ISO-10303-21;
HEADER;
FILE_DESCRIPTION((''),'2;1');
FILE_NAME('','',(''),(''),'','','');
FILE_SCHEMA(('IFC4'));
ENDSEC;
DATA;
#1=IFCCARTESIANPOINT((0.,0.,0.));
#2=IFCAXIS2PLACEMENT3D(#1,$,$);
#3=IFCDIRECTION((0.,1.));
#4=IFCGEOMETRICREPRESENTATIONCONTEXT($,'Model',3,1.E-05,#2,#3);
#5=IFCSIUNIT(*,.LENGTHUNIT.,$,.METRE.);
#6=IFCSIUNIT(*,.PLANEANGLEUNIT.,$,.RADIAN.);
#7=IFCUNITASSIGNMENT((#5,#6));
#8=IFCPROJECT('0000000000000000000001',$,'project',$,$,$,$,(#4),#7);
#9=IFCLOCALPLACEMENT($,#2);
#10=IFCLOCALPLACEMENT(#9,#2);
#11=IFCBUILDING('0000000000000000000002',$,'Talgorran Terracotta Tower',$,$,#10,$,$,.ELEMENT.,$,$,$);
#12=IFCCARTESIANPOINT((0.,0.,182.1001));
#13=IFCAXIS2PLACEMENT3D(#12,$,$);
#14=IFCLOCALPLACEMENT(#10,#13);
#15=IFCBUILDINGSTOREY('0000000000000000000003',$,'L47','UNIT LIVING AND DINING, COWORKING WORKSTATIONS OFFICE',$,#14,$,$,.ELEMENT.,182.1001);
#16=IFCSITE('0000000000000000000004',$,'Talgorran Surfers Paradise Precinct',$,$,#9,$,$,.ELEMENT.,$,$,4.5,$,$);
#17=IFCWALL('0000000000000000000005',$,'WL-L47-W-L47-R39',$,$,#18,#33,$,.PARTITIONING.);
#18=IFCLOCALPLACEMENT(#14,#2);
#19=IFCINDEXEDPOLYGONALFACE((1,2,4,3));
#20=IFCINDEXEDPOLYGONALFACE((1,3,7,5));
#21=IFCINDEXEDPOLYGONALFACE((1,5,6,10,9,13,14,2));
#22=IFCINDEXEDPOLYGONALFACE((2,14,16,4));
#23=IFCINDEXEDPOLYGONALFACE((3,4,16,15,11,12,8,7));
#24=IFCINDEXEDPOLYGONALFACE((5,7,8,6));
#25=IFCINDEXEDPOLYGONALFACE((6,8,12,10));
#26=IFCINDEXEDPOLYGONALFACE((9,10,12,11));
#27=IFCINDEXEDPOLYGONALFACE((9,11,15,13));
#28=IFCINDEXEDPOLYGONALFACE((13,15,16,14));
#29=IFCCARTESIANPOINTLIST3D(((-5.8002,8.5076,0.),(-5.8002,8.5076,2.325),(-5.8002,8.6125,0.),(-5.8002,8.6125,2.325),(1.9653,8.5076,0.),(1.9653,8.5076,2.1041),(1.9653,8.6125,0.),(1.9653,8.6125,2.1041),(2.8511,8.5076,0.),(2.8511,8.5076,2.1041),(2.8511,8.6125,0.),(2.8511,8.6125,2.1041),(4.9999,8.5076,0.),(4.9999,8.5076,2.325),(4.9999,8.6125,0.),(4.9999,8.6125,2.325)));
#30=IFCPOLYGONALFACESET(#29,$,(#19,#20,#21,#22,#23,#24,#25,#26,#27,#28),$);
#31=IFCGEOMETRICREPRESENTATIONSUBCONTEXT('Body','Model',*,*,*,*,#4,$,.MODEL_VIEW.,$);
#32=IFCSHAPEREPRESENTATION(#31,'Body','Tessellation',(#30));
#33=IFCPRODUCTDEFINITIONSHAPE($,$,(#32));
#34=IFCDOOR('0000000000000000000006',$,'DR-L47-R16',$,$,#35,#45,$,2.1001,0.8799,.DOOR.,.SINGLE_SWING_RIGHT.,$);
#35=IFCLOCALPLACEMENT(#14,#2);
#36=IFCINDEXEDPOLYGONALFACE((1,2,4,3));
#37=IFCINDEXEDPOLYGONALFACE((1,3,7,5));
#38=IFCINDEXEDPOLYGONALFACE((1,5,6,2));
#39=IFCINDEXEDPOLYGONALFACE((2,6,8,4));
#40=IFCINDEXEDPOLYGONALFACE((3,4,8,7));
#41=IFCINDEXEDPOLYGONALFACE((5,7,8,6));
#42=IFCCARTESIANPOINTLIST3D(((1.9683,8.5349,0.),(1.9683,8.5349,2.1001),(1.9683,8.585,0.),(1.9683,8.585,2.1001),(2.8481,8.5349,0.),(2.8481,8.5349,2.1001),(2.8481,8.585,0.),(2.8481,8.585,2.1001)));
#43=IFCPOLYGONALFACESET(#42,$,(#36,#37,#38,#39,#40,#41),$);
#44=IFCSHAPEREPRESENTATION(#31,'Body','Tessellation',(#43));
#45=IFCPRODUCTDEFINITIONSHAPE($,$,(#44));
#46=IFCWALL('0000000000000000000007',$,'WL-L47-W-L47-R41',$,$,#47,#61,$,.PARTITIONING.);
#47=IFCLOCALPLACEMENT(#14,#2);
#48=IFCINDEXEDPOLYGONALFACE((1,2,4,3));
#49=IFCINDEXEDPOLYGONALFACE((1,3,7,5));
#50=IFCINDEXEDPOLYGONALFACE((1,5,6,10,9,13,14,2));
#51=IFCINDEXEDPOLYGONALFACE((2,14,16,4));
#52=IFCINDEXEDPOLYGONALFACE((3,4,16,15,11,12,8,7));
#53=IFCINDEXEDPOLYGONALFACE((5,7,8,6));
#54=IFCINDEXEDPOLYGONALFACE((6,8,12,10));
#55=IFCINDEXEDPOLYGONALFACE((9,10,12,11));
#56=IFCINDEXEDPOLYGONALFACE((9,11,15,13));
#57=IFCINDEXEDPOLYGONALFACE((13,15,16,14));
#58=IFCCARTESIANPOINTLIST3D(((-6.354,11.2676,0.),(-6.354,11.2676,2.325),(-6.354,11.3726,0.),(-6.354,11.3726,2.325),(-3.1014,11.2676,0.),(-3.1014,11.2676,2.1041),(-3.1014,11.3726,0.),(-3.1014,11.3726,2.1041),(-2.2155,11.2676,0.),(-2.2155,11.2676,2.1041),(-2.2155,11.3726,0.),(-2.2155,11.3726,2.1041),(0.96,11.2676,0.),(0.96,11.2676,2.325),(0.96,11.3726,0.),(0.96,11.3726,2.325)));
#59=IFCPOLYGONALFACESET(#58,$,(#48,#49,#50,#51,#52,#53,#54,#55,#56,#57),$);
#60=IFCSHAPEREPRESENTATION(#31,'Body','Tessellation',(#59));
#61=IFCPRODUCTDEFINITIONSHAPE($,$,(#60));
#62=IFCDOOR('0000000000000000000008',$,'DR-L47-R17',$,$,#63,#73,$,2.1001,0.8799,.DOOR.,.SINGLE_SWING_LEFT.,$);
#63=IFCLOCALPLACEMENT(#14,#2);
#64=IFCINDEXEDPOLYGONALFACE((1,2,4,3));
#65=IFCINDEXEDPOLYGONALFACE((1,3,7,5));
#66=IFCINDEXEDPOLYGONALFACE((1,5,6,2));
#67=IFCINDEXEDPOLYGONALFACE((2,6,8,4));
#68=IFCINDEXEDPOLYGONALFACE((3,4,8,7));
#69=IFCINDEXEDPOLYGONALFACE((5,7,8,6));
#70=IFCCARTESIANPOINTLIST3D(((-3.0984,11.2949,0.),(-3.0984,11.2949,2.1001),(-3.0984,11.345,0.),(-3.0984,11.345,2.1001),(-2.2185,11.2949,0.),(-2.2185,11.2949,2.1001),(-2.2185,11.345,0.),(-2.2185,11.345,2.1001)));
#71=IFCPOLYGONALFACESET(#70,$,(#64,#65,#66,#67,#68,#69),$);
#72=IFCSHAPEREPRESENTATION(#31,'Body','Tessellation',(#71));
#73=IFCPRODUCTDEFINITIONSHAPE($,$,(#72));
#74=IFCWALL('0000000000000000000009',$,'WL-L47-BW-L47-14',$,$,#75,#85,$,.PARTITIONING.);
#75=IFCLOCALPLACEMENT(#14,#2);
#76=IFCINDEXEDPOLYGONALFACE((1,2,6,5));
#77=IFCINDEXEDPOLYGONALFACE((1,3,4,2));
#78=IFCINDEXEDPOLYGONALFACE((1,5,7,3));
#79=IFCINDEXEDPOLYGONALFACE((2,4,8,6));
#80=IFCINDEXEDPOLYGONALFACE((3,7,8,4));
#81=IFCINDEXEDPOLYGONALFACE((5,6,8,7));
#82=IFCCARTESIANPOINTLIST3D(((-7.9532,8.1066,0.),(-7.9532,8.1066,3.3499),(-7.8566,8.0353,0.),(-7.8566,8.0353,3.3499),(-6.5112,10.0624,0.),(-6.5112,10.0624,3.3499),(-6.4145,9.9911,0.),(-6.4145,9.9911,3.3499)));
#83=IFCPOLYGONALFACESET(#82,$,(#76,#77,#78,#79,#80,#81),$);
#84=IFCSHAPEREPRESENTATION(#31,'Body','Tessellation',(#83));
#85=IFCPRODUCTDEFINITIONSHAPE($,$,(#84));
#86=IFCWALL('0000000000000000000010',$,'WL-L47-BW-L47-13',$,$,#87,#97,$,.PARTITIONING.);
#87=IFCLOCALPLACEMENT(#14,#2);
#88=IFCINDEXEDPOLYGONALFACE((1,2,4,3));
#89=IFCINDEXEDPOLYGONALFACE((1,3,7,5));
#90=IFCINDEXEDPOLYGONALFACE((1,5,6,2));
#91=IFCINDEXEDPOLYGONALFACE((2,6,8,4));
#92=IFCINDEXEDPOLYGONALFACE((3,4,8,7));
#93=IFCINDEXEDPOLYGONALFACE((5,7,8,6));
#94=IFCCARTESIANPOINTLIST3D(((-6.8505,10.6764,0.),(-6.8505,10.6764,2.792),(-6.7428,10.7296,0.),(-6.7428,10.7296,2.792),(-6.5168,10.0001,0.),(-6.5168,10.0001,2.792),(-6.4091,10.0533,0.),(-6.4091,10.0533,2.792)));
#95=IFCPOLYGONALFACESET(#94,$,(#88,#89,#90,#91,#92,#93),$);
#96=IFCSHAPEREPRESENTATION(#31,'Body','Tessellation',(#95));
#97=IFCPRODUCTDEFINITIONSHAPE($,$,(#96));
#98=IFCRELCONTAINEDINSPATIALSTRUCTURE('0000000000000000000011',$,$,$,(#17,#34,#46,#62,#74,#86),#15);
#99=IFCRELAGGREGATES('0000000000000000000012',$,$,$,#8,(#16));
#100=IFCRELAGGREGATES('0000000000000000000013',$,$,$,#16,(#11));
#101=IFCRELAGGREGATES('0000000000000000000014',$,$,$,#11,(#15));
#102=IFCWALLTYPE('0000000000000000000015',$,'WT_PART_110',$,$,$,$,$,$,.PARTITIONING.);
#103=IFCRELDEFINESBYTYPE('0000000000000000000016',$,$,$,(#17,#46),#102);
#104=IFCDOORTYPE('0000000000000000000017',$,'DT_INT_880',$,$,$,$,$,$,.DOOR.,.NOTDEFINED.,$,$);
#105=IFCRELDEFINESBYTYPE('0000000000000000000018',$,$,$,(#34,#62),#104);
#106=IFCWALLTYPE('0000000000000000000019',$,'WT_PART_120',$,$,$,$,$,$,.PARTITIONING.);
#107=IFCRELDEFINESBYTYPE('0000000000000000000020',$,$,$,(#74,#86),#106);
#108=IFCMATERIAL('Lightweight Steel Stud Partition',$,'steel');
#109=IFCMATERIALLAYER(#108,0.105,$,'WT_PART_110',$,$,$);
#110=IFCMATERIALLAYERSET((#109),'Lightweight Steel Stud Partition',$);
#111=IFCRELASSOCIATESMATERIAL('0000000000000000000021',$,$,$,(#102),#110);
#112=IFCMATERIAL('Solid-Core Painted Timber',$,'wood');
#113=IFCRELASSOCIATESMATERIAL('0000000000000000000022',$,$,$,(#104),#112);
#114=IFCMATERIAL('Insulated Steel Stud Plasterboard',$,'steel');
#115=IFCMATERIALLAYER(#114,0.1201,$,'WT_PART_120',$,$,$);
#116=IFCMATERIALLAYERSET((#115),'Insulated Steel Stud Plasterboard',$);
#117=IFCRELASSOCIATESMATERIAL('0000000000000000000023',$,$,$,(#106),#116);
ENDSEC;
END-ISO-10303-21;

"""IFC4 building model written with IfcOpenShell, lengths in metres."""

from ifc_helpers import new_model, si_unit, direction, frame, frame_2d, origin, place, context, subcontext, project, spatial, rectangle, extrude, material, layer, layer_set, type_object, element, fill, save


model = new_model("IFC4")

# Units and contexts
model_context = context("Model", 3, precision=1e-05, world=origin(), true_north=direction((0.0, 1.0)))
body_context = subcontext(model_context, "Body", "Model", "MODEL_VIEW")
ifc_project = project(units=[si_unit("LENGTHUNIT", "METRE"), si_unit("PLANEANGLEUNIT", "RADIAN")], contexts=[model_context])

# Site, building, storey
site_placement = place(None, origin())
site = spatial("IfcSite", under=ifc_project, at=site_placement, Name="Talgorran Surfers Paradise Precinct", CompositionType="ELEMENT", RefElevation=4.5)
building_placement = place(site_placement, origin())
building = spatial("IfcBuilding", under=site, at=building_placement, Name="Talgorran Terracotta Tower", CompositionType="ELEMENT")
storey_placement = place(building_placement, frame((0.0, 0.0, 182.1001)))
storey = spatial("IfcBuildingStorey", under=building, at=storey_placement, Name="L47", Description="UNIT LIVING AND DINING, COWORKING WORKSTATIONS OFFICE", CompositionType="ELEMENT", Elevation=182.1001)

# Walls, openings, doors
ifc_material_1 = material(Name="Lightweight Steel Stud Partition", Category="steel")
ifc_layer_1 = layer(ifc_material_1, 0.105, Name="WT_PART_110")
ifc_layer_set_1 = layer_set([ifc_layer_1], Name="Lightweight Steel Stud Partition")
wall_type_1 = type_object("IfcWallType", Name="WT_PART_110", PredefinedType="PARTITIONING", material=ifc_layer_set_1)
wall_1_placement = place(storey_placement, frame((-5.8, 8.5601, 0.0), z_axis=(0.0, 0.0, 1.0), x_axis=(1.0, 0.0, 0.0)))
wall_1 = element("IfcWall", 1, at=wall_1_placement, inside=storey, type_object=wall_type_1, Name="WL-L47-W-L47-R39", PredefinedType="PARTITIONING", context=body_context, shape_type="SweptSolid", body=[
    extrude(rectangle(XDim=10.8, YDim=0.105, at=frame_2d((5.3999, 0.0))), origin(), (0.0, 0.0, 1.0), 2.325),
])
opening_1_placement = place(wall_1_placement, frame((7.7683, 0.0, 0.0)))
opening_1 = element("IfcOpeningElement", 2, at=opening_1_placement, cuts=wall_1, PredefinedType="OPENING", context=body_context, shape_type="SweptSolid", body=[
    extrude(rectangle(XDim=0.8859, YDim=2.1041, at=frame_2d((0.4399, 1.052))), frame((0.0, 0.0625, 0.0), z_axis=(0.0, -1.0, 0.0), x_axis=(1.0, 0.0, 0.0)), (0.0, 0.0, 1.0), 0.125),
])
ifc_material_2 = material(Name="Solid-Core Painted Timber", Category="wood")
door_type = type_object("IfcDoorType", Name="DT_INT_880", OperationType="NOTDEFINED", PredefinedType="DOOR", material=ifc_material_2)
door_1_placement = place(opening_1_placement, origin())
door_1 = element("IfcDoor", 3, at=door_1_placement, inside=storey, type_object=door_type, Name="DR-L47-R16", OperationType="SINGLE_SWING_RIGHT", OverallHeight=2.1001, OverallWidth=0.8799, PredefinedType="DOOR", context=body_context, shape_type="SweptSolid", body=[
    extrude(rectangle(XDim=0.8799, YDim=2.1001, at=frame_2d((0.4399, 1.05))), frame((0.0, 0.0249, 0.0), z_axis=(0.0, -1.0, 0.0), x_axis=(1.0, 0.0, 0.0)), (0.0, 0.0, 1.0), 0.05),
])
fill(opening_1, door_1)
wall_2_placement = place(storey_placement, frame((-6.354, 11.3201, 0.0), z_axis=(0.0, 0.0, 1.0), x_axis=(1.0, 0.0, 0.0)))
wall_2 = element("IfcWall", 4, at=wall_2_placement, inside=storey, type_object=wall_type_1, Name="WL-L47-W-L47-R41", PredefinedType="PARTITIONING", context=body_context, shape_type="SweptSolid", body=[
    extrude(rectangle(XDim=7.314, YDim=0.105, at=frame_2d((3.657, 0.0))), origin(), (0.0, 0.0, 1.0), 2.325),
])
opening_2_placement = place(wall_2_placement, frame((3.2556, 0.0, 0.0)))
opening_2 = element("IfcOpeningElement", 5, at=opening_2_placement, cuts=wall_2, PredefinedType="OPENING", context=body_context, shape_type="SweptSolid", body=[
    extrude(rectangle(XDim=0.8859, YDim=2.1041, at=frame_2d((0.4399, 1.052))), frame((0.0, 0.0625, 0.0), z_axis=(0.0, -1.0, 0.0), x_axis=(1.0, 0.0, 0.0)), (0.0, 0.0, 1.0), 0.125),
])
door_2_placement = place(opening_2_placement, origin())
door_2 = element("IfcDoor", 6, at=door_2_placement, inside=storey, type_object=door_type, Name="DR-L47-R17", OperationType="SINGLE_SWING_LEFT", OverallHeight=2.1001, OverallWidth=0.8799, PredefinedType="DOOR", context=body_context, shape_type="SweptSolid", body=[
    extrude(rectangle(XDim=0.8799, YDim=2.1001, at=frame_2d((0.4399, 1.05))), frame((0.0, 0.0249, 0.0), z_axis=(0.0, -1.0, 0.0), x_axis=(1.0, 0.0, 0.0)), (0.0, 0.0, 1.0), 0.05),
])
fill(opening_2, door_2)

# Walls
ifc_material_3 = material(Name="Insulated Steel Stud Plasterboard", Category="steel")
ifc_layer_2 = layer(ifc_material_3, 0.1201, Name="WT_PART_120")
ifc_layer_set_2 = layer_set([ifc_layer_2], Name="Insulated Steel Stud Plasterboard")
wall_type_2 = type_object("IfcWallType", Name="WT_PART_120", PredefinedType="PARTITIONING", material=ifc_layer_set_2)
wall_3_placement = place(storey_placement, frame((-6.4629, 10.0266, 0.0), z_axis=(0.0, 0.0, 1.0), x_axis=(-0.59347, -0.804856, 0.0)))
element("IfcWall", 7, at=wall_3_placement, inside=storey, type_object=wall_type_2, Name="WL-L47-BW-L47-14", PredefinedType="PARTITIONING", context=body_context, shape_type="SweptSolid", body=[
    extrude(rectangle(XDim=2.4299, YDim=0.1201, at=frame_2d((1.2148, 0.0))), origin(), (0.0, 0.0, 1.0), 3.3499),
])
wall_4_placement = place(storey_placement, frame((-6.7966, 10.7029, 0.0), z_axis=(0.0, 0.0, 1.0), x_axis=(0.442546, -0.896746, 0.0)))
element("IfcWall", 8, at=wall_4_placement, inside=storey, type_object=wall_type_2, Name="WL-L47-BW-L47-13", PredefinedType="PARTITIONING", context=body_context, shape_type="SweptSolid", body=[
    extrude(rectangle(XDim=0.7542, YDim=0.1201, at=frame_2d((0.377, 0.0))), origin(), (0.0, 0.0, 1.0), 2.792),
])

save(model, "model.ifc")
